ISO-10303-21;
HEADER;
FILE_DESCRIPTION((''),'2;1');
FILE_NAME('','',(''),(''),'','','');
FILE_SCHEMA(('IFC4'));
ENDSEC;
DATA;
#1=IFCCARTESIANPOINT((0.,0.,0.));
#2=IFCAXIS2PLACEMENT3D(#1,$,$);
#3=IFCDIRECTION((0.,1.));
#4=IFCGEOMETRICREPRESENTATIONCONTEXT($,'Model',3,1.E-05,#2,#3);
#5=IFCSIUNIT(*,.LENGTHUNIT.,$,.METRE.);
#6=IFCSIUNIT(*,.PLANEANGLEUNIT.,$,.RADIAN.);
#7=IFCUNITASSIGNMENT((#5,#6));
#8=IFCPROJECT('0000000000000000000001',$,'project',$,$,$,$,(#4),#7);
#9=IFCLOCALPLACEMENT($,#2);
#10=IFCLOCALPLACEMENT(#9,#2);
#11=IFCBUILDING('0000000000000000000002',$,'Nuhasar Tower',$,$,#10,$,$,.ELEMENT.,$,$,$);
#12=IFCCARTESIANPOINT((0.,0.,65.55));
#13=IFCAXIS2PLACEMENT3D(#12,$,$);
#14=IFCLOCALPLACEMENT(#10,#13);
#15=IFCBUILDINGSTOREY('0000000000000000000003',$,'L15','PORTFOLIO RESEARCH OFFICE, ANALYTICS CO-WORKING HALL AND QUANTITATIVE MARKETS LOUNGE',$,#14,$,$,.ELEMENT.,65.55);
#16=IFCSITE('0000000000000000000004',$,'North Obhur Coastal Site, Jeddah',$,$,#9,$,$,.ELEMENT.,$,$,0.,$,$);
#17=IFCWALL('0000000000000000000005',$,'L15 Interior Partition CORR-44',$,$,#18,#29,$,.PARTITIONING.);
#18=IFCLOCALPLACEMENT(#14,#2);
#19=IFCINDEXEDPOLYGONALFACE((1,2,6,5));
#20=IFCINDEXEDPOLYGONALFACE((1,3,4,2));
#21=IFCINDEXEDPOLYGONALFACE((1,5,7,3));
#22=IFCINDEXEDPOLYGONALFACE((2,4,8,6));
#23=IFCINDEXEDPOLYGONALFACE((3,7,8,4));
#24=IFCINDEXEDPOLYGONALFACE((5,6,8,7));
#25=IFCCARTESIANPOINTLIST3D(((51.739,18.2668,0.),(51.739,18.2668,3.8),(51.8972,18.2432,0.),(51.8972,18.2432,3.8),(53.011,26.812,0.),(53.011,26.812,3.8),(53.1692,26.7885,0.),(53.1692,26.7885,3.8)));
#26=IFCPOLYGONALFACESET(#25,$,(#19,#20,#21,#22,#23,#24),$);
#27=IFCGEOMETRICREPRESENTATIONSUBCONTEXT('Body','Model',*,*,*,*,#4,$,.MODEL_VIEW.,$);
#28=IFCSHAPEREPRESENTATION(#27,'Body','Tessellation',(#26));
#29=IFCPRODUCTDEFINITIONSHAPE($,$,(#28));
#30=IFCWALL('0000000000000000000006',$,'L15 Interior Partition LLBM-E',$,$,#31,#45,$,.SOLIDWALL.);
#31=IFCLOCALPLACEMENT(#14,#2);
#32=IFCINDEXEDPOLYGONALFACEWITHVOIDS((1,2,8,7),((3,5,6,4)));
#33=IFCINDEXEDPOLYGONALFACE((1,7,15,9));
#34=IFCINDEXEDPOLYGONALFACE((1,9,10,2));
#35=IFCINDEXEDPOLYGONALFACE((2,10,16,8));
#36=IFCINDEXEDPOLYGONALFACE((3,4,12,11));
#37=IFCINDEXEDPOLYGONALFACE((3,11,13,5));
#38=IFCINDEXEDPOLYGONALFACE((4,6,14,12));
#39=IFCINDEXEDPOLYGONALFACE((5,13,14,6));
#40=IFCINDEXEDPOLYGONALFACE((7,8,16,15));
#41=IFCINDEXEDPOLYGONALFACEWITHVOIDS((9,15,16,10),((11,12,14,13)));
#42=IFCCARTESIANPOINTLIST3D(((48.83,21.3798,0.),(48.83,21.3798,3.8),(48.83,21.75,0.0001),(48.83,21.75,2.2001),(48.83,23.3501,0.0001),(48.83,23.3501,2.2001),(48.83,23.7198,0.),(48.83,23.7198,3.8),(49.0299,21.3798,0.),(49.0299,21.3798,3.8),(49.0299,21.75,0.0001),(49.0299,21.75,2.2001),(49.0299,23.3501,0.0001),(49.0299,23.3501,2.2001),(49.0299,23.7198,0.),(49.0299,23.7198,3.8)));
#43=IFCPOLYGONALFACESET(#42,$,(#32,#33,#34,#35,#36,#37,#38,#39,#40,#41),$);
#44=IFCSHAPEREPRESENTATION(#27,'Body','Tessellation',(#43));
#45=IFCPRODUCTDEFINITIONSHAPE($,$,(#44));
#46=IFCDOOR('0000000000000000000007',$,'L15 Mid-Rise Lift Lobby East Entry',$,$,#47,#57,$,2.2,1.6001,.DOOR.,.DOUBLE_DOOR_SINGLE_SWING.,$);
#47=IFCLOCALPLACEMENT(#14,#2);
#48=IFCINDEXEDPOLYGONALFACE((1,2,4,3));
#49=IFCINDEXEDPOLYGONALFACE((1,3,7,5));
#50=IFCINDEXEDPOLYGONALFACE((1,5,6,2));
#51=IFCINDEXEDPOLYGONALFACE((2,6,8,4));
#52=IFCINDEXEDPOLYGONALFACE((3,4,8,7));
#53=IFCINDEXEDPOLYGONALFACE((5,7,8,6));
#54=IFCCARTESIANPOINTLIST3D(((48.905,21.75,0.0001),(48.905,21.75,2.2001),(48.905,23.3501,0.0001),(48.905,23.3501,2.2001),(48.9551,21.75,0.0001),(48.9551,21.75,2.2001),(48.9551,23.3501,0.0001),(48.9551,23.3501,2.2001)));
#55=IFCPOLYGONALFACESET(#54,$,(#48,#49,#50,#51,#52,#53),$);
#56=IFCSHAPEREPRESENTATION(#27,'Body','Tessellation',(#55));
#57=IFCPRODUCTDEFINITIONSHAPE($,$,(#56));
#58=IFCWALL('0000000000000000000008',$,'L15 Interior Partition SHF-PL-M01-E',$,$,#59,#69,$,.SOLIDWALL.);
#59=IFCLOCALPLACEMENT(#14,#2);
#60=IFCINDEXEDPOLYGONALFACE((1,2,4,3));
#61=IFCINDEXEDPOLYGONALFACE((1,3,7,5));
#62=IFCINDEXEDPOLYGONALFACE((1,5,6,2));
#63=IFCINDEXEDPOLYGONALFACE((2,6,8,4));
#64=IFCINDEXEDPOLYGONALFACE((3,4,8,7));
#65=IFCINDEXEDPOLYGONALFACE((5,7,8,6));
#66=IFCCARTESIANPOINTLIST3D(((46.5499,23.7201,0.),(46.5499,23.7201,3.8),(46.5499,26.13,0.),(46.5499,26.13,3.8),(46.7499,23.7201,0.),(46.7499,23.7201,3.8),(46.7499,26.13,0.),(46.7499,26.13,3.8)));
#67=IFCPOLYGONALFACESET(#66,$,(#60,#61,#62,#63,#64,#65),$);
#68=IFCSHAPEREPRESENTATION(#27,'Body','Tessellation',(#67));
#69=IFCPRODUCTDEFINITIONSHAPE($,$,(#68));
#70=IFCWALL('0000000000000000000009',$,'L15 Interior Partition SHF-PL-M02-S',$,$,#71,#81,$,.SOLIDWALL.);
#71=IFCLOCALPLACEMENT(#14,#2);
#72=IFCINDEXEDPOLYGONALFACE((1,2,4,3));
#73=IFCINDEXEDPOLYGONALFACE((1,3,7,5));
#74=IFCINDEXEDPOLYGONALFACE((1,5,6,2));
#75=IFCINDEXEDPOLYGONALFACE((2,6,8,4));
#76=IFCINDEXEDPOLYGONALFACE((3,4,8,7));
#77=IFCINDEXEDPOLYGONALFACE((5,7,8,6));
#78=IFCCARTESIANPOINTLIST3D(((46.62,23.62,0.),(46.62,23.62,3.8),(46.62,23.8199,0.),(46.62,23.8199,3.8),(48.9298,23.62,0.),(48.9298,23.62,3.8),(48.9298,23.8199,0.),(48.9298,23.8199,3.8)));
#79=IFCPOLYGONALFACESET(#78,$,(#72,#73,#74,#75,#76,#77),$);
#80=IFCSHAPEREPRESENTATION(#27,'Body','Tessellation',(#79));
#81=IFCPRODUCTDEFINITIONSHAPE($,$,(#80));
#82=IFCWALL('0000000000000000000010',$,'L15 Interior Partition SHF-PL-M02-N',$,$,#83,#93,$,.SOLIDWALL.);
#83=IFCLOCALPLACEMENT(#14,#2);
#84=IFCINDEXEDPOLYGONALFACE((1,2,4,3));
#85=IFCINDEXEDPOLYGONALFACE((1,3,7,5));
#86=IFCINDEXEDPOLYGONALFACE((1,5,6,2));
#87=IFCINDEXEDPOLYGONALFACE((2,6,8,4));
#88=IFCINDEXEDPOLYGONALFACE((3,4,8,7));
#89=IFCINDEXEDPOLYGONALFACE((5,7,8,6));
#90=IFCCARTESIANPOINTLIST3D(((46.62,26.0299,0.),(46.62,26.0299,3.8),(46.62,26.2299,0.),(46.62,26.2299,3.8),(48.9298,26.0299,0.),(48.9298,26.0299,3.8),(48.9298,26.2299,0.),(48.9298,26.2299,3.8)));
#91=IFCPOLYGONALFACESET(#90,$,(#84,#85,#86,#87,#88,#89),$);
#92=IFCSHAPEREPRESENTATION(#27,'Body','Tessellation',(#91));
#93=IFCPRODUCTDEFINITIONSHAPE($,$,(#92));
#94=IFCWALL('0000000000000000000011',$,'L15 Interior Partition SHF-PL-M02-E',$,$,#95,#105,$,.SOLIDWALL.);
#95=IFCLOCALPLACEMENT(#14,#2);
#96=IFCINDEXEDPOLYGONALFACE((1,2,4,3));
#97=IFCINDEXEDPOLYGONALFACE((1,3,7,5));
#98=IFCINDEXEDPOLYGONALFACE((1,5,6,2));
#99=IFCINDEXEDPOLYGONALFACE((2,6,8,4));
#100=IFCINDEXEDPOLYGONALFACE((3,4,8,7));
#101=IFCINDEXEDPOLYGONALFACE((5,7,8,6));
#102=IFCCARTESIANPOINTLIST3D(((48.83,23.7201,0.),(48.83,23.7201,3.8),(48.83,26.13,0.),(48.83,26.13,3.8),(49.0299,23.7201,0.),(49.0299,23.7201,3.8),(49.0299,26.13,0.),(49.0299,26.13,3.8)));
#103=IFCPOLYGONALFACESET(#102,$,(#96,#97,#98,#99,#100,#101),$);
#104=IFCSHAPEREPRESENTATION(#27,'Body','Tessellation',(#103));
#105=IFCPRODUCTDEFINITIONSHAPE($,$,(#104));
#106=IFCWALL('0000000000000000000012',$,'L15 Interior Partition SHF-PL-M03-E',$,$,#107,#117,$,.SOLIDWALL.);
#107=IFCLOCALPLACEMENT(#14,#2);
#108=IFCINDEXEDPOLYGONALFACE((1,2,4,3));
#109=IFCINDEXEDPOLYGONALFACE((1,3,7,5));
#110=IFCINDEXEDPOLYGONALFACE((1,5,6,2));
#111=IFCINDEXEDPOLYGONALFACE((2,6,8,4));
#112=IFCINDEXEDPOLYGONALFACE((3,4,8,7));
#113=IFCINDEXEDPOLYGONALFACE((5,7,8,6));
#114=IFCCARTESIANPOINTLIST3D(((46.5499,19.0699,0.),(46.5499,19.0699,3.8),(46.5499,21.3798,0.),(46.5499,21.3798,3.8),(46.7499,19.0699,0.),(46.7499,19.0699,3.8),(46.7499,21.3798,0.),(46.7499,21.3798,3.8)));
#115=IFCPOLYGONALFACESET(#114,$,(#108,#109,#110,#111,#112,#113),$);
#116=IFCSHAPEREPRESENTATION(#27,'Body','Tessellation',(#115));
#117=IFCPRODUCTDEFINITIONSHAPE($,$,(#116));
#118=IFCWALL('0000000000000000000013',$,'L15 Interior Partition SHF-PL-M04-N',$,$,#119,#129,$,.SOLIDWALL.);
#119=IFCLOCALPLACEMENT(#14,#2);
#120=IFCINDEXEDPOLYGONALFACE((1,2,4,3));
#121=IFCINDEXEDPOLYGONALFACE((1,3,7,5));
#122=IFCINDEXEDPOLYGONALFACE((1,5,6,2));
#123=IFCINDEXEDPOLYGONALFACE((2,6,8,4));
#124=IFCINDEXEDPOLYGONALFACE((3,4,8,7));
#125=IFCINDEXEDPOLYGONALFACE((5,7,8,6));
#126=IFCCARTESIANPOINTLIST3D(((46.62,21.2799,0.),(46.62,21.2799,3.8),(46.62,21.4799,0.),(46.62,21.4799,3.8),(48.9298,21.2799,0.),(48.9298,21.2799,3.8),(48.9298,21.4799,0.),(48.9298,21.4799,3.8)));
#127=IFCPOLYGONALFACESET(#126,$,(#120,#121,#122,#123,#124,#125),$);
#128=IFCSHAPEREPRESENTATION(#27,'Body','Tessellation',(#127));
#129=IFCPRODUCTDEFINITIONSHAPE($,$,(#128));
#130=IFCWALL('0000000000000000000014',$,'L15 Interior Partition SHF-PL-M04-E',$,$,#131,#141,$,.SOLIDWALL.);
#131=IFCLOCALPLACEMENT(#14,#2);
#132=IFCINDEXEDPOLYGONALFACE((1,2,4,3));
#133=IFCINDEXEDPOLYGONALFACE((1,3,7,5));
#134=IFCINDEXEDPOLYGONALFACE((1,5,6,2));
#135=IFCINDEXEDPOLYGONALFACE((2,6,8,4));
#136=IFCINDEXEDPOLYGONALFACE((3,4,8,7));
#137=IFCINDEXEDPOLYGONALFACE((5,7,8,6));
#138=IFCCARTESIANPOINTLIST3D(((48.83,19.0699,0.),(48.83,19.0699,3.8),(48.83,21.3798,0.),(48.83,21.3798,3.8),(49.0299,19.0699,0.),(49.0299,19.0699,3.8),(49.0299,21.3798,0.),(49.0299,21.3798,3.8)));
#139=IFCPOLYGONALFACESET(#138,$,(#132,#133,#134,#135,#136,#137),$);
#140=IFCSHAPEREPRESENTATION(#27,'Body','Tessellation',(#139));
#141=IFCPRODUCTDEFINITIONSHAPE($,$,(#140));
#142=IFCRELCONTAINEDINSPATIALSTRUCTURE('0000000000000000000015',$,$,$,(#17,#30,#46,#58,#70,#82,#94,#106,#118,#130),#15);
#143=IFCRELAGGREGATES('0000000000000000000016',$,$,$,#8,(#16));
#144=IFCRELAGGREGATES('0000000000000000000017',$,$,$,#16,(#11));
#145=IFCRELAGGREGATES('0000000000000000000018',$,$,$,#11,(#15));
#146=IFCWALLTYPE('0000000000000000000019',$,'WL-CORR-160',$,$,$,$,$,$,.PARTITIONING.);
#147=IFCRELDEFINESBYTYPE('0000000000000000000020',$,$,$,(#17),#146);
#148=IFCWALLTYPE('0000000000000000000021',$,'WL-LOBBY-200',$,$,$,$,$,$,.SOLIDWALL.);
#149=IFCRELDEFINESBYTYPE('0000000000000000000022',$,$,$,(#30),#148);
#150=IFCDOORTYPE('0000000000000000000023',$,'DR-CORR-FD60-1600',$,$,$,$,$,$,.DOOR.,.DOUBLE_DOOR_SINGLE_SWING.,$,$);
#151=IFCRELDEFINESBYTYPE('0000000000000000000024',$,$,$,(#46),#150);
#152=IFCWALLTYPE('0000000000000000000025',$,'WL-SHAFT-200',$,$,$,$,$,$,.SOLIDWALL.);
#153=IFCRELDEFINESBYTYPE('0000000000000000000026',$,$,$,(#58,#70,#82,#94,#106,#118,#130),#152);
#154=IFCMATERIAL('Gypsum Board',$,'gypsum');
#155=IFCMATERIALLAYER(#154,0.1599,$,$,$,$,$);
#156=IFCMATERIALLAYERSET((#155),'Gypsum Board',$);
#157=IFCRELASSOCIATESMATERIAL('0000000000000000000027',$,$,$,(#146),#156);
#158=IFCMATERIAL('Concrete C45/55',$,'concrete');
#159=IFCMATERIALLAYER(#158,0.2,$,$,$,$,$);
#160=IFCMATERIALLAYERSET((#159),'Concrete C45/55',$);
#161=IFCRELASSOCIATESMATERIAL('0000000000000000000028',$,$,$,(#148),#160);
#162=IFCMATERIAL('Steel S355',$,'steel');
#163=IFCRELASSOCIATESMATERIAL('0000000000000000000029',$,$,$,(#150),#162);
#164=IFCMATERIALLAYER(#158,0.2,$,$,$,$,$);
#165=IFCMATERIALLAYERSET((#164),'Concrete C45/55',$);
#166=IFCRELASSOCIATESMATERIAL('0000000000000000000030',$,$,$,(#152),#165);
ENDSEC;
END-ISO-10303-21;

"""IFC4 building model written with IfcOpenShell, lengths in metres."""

from ifc_helpers import new_model, si_unit, direction, frame, frame_2d, origin, place, context, subcontext, project, spatial, rectangle, extrude, material, layer, layer_set, type_object, element, fill, save


model = new_model("IFC4")

# Units and contexts
model_context = context("Model", 3, precision=1e-05, world=origin(), true_north=direction((0.0, 1.0)))
body_context = subcontext(model_context, "Body", "Model", "MODEL_VIEW")
ifc_project = project(units=[si_unit("LENGTHUNIT", "METRE"), si_unit("PLANEANGLEUNIT", "RADIAN")], contexts=[model_context])

# Site, building, storey
site_placement = place(None, origin())
site = spatial("IfcSite", under=ifc_project, at=site_placement, Name="North Obhur Coastal Site, Jeddah", CompositionType="ELEMENT", RefElevation=0.0)
building_placement = place(site_placement, origin())
building = spatial("IfcBuilding", under=site, at=building_placement, Name="Nuhasar Tower", CompositionType="ELEMENT")
storey_placement = place(building_placement, frame((0.0, 0.0, 65.55)))
storey = spatial("IfcBuildingStorey", under=building, at=storey_placement, Name="L15", Description="PORTFOLIO RESEARCH OFFICE, ANALYTICS CO-WORKING HALL AND QUANTITATIVE MARKETS LOUNGE", CompositionType="ELEMENT", Elevation=65.55)

# Shared definitions
ifc_material_1 = material(Name="Steel S355", Category="steel")

# Shared definitions
ifc_material_2 = material(Name="Gypsum Board", Category="gypsum")
ifc_layer_1 = layer(ifc_material_2, 0.1599)
ifc_layer_set_1 = layer_set([ifc_layer_1], Name="Gypsum Board")
wall_type_1 = type_object("IfcWallType", Name="WL-CORR-160", PredefinedType="PARTITIONING", material=ifc_layer_set_1)

# Wall
wall_1_placement = place(storey_placement, frame((51.8181, 18.2549, 0.0), z_axis=(0.0, 0.0, 1.0), x_axis=(0.147231, 0.989102, 0.0)))
element("IfcWall", 1, at=wall_1_placement, inside=storey, type_object=wall_type_1, Name="L15 Interior Partition CORR-44", PredefinedType="PARTITIONING", context=body_context, shape_type="SweptSolid", body=[
    extrude(rectangle(XDim=8.6394, YDim=0.1599, at=frame_2d((4.3198, 0.0))), origin(), (0.0, 0.0, 1.0), 3.8),
])

# Wall, opening, door
ifc_material_3 = material(Name="Concrete C45/55", Category="concrete")
ifc_layer_2 = layer(ifc_material_3, 0.2)
ifc_layer_set_2 = layer_set([ifc_layer_2], Name="Concrete C45/55")
wall_type_2 = type_object("IfcWallType", Name="WL-LOBBY-200", PredefinedType="SOLIDWALL", material=ifc_layer_set_2)
wall_2_placement = place(storey_placement, frame((48.9299, 21.3799, 0.0), z_axis=(0.0, 0.0, 1.0), x_axis=(0.0, 1.0, 0.0)))
wall_2 = element("IfcWall", 2, at=wall_2_placement, inside=storey, type_object=wall_type_2, Name="L15 Interior Partition LLBM-E", PredefinedType="SOLIDWALL", context=body_context, shape_type="SweptSolid", body=[
    extrude(rectangle(XDim=2.3401, YDim=0.2, at=frame_2d((1.1699, 0.0))), origin(), (0.0, 0.0, 1.0), 3.8),
])
opening_1_placement = place(wall_2_placement, frame((0.3701, 0.0, 0.0)))
opening_1 = element("IfcOpeningElement", 3, at=opening_1_placement, cuts=wall_2, PredefinedType="OPENING", context=body_context, shape_type="SweptSolid", body=[
    extrude(rectangle(XDim=1.6001, YDim=2.2, at=frame_2d((0.8, 1.1001))), frame((0.0, 0.1099, 0.0), z_axis=(0.0, -1.0, 0.0), x_axis=(1.0, 0.0, 0.0)), (0.0, 0.0, 1.0), 0.22),
])
door_type_1 = type_object("IfcDoorType", Name="DR-CORR-FD60-1600", OperationType="DOUBLE_DOOR_SINGLE_SWING", PredefinedType="DOOR", material=ifc_material_1)
door_1_placement = place(opening_1_placement, origin())
door_1 = element("IfcDoor", 4, at=door_1_placement, inside=storey, type_object=door_type_1, Name="L15 Mid-Rise Lift Lobby East Entry", OperationType="DOUBLE_DOOR_SINGLE_SWING", OverallHeight=2.2, OverallWidth=1.6001, PredefinedType="DOOR", context=body_context, shape_type="SweptSolid", body=[
    extrude(rectangle(XDim=1.6001, YDim=2.2, at=frame_2d((0.8, 1.1001))), frame((0.0, 0.0249, 0.0), z_axis=(0.0, -1.0, 0.0), x_axis=(1.0, 0.0, 0.0)), (0.0, 0.0, 1.0), 0.05),
])
fill(opening_1, door_1)

# Walls
ifc_layer_3 = layer(ifc_material_3, 0.2)
ifc_layer_set_3 = layer_set([ifc_layer_3], Name="Concrete C45/55")
wall_type_3 = type_object("IfcWallType", Name="WL-SHAFT-200", PredefinedType="SOLIDWALL", material=ifc_layer_set_3)
wall_3_placement = place(storey_placement, frame((46.6499, 23.72, 0.0), z_axis=(0.0, 0.0, 1.0), x_axis=(0.0, 1.0, 0.0)))
element("IfcWall", 5, at=wall_3_placement, inside=storey, type_object=wall_type_3, Name="L15 Interior Partition SHF-PL-M01-E", PredefinedType="SOLIDWALL", context=body_context, shape_type="SweptSolid", body=[
    extrude(rectangle(XDim=2.4099, YDim=0.2, at=frame_2d((1.2051, 0.0))), origin(), (0.0, 0.0, 1.0), 3.8),
])
for number, where, z_axis, x_axis, name in (
    (6, (46.6201, 23.72, 0.0), (0.0, 0.0, 1.0), (1.0, 0.0, 0.0), "L15 Interior Partition SHF-PL-M02-S"),
    (7, (46.6201, 26.1299, 0.0), (0.0, 0.0, 1.0), (1.0, 0.0, 0.0), "L15 Interior Partition SHF-PL-M02-N"),
):
    element("IfcWall", number, at=place(storey_placement, frame(where, z_axis=z_axis, x_axis=x_axis)), inside=storey, type_object=wall_type_3, Name=name, PredefinedType="SOLIDWALL", context=body_context, shape_type="SweptSolid", body=[
        extrude(rectangle(XDim=2.3098, YDim=0.2, at=frame_2d((1.1548, 0.0))), origin(), (0.0, 0.0, 1.0), 3.8),
    ])
wall_4_placement = place(storey_placement, frame((48.9299, 23.72, 0.0), z_axis=(0.0, 0.0, 1.0), x_axis=(0.0, 1.0, 0.0)))
element("IfcWall", 8, at=wall_4_placement, inside=storey, type_object=wall_type_3, Name="L15 Interior Partition SHF-PL-M02-E", PredefinedType="SOLIDWALL", context=body_context, shape_type="SweptSolid", body=[
    extrude(rectangle(XDim=2.4099, YDim=0.2, at=frame_2d((1.2051, 0.0))), origin(), (0.0, 0.0, 1.0), 3.8),
])
for number, where, z_axis, x_axis, name in (
    (9, (46.6499, 19.0701, 0.0), (0.0, 0.0, 1.0), (0.0, 1.0, 0.0), "L15 Interior Partition SHF-PL-M03-E"),
    (10, (46.6201, 21.3799, 0.0), (0.0, 0.0, 1.0), (1.0, 0.0, 0.0), "L15 Interior Partition SHF-PL-M04-N"),
    (11, (48.9299, 19.0701, 0.0), (0.0, 0.0, 1.0), (0.0, 1.0, 0.0), "L15 Interior Partition SHF-PL-M04-E"),
):
    element("IfcWall", number, at=place(storey_placement, frame(where, z_axis=z_axis, x_axis=x_axis)), inside=storey, type_object=wall_type_3, Name=name, PredefinedType="SOLIDWALL", context=body_context, shape_type="SweptSolid", body=[
        extrude(rectangle(XDim=2.3098, YDim=0.2, at=frame_2d((1.1548, 0.0))), origin(), (0.0, 0.0, 1.0), 3.8),
    ])

save(model, "model.ifc")
